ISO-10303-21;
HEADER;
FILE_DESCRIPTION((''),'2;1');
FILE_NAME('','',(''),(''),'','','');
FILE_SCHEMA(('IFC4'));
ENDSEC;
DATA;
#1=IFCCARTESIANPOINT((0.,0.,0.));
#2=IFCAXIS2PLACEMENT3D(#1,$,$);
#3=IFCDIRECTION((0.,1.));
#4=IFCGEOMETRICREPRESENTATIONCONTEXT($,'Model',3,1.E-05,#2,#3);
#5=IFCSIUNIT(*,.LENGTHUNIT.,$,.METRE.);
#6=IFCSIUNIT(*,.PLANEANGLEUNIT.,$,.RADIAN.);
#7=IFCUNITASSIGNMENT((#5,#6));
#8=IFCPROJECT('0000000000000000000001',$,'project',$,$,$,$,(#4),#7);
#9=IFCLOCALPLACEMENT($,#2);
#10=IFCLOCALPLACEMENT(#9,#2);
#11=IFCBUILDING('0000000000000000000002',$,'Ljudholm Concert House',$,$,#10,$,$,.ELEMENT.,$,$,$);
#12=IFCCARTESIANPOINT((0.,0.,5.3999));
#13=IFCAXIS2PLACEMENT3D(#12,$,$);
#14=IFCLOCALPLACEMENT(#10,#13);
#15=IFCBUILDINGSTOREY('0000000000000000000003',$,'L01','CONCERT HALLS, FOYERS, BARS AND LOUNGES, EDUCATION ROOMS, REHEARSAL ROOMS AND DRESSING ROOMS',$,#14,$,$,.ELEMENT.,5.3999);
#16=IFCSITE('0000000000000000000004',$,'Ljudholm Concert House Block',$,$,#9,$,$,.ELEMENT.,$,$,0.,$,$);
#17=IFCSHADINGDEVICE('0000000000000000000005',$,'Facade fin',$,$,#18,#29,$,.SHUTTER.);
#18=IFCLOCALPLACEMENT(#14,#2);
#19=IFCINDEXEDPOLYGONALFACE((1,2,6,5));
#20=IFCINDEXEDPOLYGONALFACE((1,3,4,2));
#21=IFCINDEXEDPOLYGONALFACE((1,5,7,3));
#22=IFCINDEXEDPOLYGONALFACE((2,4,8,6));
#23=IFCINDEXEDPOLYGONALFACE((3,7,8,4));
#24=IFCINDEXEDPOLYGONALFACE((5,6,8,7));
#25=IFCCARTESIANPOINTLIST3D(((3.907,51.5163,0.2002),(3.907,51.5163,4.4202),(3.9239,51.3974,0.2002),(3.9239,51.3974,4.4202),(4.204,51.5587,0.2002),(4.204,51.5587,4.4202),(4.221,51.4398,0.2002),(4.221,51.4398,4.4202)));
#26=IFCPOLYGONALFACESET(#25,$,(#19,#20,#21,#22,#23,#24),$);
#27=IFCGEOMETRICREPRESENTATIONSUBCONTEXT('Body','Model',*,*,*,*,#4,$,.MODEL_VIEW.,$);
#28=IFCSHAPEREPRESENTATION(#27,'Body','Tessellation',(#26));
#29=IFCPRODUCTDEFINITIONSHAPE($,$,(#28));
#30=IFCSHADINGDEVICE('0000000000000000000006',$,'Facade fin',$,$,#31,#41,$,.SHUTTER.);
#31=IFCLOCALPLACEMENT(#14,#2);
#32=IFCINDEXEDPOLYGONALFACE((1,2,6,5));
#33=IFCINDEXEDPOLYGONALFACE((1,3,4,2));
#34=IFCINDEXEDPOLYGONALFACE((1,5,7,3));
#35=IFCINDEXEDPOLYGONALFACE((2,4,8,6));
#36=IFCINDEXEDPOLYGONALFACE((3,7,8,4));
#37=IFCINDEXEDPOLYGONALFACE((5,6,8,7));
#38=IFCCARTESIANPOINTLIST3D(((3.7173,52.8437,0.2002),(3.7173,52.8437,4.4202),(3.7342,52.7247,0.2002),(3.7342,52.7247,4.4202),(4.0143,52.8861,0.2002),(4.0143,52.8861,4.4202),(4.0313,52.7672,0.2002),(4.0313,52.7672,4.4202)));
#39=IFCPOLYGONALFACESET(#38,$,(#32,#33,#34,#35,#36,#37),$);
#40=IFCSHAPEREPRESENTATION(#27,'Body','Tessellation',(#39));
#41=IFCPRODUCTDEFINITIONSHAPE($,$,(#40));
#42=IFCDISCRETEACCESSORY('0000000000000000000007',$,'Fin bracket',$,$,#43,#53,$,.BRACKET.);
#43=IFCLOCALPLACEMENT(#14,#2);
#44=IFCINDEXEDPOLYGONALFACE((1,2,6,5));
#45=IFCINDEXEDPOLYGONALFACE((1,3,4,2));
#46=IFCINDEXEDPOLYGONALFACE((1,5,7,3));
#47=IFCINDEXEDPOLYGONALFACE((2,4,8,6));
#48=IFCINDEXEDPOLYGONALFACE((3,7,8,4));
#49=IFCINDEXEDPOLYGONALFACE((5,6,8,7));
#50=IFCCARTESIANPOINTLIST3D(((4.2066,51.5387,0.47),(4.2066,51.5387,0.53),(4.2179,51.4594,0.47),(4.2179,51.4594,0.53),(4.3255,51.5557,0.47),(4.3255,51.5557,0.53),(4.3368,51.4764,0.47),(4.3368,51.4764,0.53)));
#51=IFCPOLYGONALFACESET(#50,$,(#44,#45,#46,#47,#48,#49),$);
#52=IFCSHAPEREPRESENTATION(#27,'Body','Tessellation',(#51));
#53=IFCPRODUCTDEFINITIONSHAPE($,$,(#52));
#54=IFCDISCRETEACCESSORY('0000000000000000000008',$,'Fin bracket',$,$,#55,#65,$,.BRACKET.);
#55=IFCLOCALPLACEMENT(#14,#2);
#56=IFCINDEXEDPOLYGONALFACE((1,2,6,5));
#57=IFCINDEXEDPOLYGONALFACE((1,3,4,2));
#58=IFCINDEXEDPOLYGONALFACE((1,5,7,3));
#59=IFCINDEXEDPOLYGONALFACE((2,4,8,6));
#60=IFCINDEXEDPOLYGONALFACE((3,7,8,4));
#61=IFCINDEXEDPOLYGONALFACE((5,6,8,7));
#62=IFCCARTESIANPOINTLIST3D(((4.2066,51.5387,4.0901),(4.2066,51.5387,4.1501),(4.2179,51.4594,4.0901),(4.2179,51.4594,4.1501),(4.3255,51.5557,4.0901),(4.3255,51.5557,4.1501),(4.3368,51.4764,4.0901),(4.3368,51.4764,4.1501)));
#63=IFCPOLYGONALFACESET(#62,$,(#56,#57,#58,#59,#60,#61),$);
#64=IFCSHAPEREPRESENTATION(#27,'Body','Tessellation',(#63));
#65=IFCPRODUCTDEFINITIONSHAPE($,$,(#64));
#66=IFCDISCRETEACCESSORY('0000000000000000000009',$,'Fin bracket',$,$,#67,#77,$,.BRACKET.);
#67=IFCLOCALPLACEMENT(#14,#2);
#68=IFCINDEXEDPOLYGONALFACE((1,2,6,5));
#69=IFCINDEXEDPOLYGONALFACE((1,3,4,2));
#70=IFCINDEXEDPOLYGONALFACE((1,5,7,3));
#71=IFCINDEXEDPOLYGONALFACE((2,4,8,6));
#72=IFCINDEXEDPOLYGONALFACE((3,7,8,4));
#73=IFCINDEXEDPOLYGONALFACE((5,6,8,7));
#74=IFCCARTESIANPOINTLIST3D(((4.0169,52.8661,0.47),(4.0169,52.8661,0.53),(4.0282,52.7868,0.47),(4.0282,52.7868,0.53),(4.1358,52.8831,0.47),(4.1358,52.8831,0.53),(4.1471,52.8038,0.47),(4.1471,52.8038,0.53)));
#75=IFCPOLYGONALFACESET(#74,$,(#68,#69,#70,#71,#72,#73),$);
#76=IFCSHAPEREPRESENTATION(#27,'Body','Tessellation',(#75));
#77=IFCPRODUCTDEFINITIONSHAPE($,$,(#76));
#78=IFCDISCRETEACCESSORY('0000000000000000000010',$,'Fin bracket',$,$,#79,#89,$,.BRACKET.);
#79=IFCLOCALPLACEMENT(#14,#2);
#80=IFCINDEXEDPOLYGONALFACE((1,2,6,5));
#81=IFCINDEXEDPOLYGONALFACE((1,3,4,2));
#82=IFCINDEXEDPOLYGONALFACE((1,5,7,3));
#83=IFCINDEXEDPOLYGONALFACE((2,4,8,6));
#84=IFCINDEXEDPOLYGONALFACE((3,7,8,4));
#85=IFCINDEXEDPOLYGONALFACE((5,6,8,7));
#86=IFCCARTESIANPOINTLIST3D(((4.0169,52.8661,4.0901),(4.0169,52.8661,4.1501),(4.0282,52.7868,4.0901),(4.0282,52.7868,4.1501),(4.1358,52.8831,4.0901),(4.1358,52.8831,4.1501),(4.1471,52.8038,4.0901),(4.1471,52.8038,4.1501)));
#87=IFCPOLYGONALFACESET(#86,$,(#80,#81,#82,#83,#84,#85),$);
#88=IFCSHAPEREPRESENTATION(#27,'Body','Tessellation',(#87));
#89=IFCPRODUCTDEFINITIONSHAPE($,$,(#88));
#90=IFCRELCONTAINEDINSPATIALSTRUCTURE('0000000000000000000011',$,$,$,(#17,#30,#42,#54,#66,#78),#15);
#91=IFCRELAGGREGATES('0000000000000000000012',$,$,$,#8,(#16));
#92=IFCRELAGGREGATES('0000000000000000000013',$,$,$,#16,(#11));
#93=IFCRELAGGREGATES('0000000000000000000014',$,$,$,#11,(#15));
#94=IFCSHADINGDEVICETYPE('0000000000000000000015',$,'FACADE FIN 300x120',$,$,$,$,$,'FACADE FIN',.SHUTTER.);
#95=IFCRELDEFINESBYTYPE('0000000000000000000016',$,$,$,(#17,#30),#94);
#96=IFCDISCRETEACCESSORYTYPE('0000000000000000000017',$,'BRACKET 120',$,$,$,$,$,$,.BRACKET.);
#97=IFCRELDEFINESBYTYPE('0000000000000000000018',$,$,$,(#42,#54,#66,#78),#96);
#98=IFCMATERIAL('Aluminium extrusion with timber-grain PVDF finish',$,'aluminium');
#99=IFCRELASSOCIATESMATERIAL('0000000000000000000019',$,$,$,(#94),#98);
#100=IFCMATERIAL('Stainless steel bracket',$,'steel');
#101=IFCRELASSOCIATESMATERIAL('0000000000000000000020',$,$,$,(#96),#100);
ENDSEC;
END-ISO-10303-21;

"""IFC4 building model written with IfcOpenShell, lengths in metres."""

from ifc_helpers import new_model, si_unit, direction, frame, origin, origin_2d, place, context, subcontext, project, spatial, rectangle, extrude, material, type_object, element, save


model = new_model("IFC4")

# Units and contexts
model_context = context("Model", 3, precision=1e-05, world=origin(), true_north=direction((0.0, 1.0)))
body_context = subcontext(model_context, "Body", "Model", "MODEL_VIEW")
ifc_project = project(units=[si_unit("LENGTHUNIT", "METRE"), si_unit("PLANEANGLEUNIT", "RADIAN")], contexts=[model_context])

# Site, building, storey
site_placement = place(None, origin())
site = spatial("IfcSite", under=ifc_project, at=site_placement, Name="Ljudholm Concert House Block", CompositionType="ELEMENT", RefElevation=0.0)
building_placement = place(site_placement, origin())
building = spatial("IfcBuilding", under=site, at=building_placement, Name="Ljudholm Concert House", CompositionType="ELEMENT")
storey_placement = place(building_placement, frame((0.0, 0.0, 5.3999)))
storey = spatial("IfcBuildingStorey", under=building, at=storey_placement, Name="L01", Description="CONCERT HALLS, FOYERS, BARS AND LOUNGES, EDUCATION ROOMS, REHEARSAL ROOMS AND DRESSING ROOMS", CompositionType="ELEMENT", Elevation=5.3999)

# Shading devices
ifc_material_1 = material(Name="Aluminium extrusion with timber-grain PVDF finish", Category="aluminium")
shading_device_type = type_object("IfcShadingDeviceType", Name="FACADE FIN 300x120", ElementType="FACADE FIN", PredefinedType="SHUTTER", material=ifc_material_1)
for number, where, z_axis, x_axis, name in (
    (1, (4.064, 51.478, 0.2002), (0.0, 0.0, 1.0), (-0.989949, -0.141421, 0.0), "Facade fin"),
    (2, (3.8743, 52.8054, 0.2002), (0.0, 0.0, 1.0), (-0.989949, -0.141421, 0.0), "Facade fin"),
):
    element("IfcShadingDevice", number, at=place(storey_placement, frame(where, z_axis=z_axis, x_axis=x_axis)), inside=storey, type_object=shading_device_type, Name=name, PredefinedType="SHUTTER", context=body_context, shape_type="SweptSolid", body=[
        extrude(rectangle(XDim=0.3, YDim=0.1201, at=origin_2d()), origin(), (0.0, 0.0, 1.0), 4.22),
    ])

# Discrete accessories
ifc_material_2 = material(Name="Stainless steel bracket", Category="steel")
discrete_accessory_type = type_object("IfcDiscreteAccessoryType", Name="BRACKET 120", PredefinedType="BRACKET", material=ifc_material_2)
for number, where, z_axis, x_axis, name in (
    (3, (4.2717, 51.5076, 0.47), (0.0, 0.0, 1.0), (-0.989949, -0.141421, 0.0), "Fin bracket"),
    (4, (4.2717, 51.5076, 4.0901), (0.0, 0.0, 1.0), (-0.989949, -0.141421, 0.0), "Fin bracket"),
    (5, (4.082, 52.835, 0.47), (0.0, 0.0, 1.0), (-0.989949, -0.141421, 0.0), "Fin bracket"),
    (6, (4.082, 52.835, 4.0901), (0.0, 0.0, 1.0), (-0.989949, -0.141421, 0.0), "Fin bracket"),
):
    element("IfcDiscreteAccessory", number, at=place(storey_placement, frame(where, z_axis=z_axis, x_axis=x_axis)), inside=storey, type_object=discrete_accessory_type, Name=name, PredefinedType="BRACKET", context=body_context, shape_type="SweptSolid", body=[
        extrude(rectangle(XDim=0.1201, YDim=0.0801, at=origin_2d()), origin(), (0.0, 0.0, 1.0), 0.0601),
    ])

save(model, "model.ifc")
